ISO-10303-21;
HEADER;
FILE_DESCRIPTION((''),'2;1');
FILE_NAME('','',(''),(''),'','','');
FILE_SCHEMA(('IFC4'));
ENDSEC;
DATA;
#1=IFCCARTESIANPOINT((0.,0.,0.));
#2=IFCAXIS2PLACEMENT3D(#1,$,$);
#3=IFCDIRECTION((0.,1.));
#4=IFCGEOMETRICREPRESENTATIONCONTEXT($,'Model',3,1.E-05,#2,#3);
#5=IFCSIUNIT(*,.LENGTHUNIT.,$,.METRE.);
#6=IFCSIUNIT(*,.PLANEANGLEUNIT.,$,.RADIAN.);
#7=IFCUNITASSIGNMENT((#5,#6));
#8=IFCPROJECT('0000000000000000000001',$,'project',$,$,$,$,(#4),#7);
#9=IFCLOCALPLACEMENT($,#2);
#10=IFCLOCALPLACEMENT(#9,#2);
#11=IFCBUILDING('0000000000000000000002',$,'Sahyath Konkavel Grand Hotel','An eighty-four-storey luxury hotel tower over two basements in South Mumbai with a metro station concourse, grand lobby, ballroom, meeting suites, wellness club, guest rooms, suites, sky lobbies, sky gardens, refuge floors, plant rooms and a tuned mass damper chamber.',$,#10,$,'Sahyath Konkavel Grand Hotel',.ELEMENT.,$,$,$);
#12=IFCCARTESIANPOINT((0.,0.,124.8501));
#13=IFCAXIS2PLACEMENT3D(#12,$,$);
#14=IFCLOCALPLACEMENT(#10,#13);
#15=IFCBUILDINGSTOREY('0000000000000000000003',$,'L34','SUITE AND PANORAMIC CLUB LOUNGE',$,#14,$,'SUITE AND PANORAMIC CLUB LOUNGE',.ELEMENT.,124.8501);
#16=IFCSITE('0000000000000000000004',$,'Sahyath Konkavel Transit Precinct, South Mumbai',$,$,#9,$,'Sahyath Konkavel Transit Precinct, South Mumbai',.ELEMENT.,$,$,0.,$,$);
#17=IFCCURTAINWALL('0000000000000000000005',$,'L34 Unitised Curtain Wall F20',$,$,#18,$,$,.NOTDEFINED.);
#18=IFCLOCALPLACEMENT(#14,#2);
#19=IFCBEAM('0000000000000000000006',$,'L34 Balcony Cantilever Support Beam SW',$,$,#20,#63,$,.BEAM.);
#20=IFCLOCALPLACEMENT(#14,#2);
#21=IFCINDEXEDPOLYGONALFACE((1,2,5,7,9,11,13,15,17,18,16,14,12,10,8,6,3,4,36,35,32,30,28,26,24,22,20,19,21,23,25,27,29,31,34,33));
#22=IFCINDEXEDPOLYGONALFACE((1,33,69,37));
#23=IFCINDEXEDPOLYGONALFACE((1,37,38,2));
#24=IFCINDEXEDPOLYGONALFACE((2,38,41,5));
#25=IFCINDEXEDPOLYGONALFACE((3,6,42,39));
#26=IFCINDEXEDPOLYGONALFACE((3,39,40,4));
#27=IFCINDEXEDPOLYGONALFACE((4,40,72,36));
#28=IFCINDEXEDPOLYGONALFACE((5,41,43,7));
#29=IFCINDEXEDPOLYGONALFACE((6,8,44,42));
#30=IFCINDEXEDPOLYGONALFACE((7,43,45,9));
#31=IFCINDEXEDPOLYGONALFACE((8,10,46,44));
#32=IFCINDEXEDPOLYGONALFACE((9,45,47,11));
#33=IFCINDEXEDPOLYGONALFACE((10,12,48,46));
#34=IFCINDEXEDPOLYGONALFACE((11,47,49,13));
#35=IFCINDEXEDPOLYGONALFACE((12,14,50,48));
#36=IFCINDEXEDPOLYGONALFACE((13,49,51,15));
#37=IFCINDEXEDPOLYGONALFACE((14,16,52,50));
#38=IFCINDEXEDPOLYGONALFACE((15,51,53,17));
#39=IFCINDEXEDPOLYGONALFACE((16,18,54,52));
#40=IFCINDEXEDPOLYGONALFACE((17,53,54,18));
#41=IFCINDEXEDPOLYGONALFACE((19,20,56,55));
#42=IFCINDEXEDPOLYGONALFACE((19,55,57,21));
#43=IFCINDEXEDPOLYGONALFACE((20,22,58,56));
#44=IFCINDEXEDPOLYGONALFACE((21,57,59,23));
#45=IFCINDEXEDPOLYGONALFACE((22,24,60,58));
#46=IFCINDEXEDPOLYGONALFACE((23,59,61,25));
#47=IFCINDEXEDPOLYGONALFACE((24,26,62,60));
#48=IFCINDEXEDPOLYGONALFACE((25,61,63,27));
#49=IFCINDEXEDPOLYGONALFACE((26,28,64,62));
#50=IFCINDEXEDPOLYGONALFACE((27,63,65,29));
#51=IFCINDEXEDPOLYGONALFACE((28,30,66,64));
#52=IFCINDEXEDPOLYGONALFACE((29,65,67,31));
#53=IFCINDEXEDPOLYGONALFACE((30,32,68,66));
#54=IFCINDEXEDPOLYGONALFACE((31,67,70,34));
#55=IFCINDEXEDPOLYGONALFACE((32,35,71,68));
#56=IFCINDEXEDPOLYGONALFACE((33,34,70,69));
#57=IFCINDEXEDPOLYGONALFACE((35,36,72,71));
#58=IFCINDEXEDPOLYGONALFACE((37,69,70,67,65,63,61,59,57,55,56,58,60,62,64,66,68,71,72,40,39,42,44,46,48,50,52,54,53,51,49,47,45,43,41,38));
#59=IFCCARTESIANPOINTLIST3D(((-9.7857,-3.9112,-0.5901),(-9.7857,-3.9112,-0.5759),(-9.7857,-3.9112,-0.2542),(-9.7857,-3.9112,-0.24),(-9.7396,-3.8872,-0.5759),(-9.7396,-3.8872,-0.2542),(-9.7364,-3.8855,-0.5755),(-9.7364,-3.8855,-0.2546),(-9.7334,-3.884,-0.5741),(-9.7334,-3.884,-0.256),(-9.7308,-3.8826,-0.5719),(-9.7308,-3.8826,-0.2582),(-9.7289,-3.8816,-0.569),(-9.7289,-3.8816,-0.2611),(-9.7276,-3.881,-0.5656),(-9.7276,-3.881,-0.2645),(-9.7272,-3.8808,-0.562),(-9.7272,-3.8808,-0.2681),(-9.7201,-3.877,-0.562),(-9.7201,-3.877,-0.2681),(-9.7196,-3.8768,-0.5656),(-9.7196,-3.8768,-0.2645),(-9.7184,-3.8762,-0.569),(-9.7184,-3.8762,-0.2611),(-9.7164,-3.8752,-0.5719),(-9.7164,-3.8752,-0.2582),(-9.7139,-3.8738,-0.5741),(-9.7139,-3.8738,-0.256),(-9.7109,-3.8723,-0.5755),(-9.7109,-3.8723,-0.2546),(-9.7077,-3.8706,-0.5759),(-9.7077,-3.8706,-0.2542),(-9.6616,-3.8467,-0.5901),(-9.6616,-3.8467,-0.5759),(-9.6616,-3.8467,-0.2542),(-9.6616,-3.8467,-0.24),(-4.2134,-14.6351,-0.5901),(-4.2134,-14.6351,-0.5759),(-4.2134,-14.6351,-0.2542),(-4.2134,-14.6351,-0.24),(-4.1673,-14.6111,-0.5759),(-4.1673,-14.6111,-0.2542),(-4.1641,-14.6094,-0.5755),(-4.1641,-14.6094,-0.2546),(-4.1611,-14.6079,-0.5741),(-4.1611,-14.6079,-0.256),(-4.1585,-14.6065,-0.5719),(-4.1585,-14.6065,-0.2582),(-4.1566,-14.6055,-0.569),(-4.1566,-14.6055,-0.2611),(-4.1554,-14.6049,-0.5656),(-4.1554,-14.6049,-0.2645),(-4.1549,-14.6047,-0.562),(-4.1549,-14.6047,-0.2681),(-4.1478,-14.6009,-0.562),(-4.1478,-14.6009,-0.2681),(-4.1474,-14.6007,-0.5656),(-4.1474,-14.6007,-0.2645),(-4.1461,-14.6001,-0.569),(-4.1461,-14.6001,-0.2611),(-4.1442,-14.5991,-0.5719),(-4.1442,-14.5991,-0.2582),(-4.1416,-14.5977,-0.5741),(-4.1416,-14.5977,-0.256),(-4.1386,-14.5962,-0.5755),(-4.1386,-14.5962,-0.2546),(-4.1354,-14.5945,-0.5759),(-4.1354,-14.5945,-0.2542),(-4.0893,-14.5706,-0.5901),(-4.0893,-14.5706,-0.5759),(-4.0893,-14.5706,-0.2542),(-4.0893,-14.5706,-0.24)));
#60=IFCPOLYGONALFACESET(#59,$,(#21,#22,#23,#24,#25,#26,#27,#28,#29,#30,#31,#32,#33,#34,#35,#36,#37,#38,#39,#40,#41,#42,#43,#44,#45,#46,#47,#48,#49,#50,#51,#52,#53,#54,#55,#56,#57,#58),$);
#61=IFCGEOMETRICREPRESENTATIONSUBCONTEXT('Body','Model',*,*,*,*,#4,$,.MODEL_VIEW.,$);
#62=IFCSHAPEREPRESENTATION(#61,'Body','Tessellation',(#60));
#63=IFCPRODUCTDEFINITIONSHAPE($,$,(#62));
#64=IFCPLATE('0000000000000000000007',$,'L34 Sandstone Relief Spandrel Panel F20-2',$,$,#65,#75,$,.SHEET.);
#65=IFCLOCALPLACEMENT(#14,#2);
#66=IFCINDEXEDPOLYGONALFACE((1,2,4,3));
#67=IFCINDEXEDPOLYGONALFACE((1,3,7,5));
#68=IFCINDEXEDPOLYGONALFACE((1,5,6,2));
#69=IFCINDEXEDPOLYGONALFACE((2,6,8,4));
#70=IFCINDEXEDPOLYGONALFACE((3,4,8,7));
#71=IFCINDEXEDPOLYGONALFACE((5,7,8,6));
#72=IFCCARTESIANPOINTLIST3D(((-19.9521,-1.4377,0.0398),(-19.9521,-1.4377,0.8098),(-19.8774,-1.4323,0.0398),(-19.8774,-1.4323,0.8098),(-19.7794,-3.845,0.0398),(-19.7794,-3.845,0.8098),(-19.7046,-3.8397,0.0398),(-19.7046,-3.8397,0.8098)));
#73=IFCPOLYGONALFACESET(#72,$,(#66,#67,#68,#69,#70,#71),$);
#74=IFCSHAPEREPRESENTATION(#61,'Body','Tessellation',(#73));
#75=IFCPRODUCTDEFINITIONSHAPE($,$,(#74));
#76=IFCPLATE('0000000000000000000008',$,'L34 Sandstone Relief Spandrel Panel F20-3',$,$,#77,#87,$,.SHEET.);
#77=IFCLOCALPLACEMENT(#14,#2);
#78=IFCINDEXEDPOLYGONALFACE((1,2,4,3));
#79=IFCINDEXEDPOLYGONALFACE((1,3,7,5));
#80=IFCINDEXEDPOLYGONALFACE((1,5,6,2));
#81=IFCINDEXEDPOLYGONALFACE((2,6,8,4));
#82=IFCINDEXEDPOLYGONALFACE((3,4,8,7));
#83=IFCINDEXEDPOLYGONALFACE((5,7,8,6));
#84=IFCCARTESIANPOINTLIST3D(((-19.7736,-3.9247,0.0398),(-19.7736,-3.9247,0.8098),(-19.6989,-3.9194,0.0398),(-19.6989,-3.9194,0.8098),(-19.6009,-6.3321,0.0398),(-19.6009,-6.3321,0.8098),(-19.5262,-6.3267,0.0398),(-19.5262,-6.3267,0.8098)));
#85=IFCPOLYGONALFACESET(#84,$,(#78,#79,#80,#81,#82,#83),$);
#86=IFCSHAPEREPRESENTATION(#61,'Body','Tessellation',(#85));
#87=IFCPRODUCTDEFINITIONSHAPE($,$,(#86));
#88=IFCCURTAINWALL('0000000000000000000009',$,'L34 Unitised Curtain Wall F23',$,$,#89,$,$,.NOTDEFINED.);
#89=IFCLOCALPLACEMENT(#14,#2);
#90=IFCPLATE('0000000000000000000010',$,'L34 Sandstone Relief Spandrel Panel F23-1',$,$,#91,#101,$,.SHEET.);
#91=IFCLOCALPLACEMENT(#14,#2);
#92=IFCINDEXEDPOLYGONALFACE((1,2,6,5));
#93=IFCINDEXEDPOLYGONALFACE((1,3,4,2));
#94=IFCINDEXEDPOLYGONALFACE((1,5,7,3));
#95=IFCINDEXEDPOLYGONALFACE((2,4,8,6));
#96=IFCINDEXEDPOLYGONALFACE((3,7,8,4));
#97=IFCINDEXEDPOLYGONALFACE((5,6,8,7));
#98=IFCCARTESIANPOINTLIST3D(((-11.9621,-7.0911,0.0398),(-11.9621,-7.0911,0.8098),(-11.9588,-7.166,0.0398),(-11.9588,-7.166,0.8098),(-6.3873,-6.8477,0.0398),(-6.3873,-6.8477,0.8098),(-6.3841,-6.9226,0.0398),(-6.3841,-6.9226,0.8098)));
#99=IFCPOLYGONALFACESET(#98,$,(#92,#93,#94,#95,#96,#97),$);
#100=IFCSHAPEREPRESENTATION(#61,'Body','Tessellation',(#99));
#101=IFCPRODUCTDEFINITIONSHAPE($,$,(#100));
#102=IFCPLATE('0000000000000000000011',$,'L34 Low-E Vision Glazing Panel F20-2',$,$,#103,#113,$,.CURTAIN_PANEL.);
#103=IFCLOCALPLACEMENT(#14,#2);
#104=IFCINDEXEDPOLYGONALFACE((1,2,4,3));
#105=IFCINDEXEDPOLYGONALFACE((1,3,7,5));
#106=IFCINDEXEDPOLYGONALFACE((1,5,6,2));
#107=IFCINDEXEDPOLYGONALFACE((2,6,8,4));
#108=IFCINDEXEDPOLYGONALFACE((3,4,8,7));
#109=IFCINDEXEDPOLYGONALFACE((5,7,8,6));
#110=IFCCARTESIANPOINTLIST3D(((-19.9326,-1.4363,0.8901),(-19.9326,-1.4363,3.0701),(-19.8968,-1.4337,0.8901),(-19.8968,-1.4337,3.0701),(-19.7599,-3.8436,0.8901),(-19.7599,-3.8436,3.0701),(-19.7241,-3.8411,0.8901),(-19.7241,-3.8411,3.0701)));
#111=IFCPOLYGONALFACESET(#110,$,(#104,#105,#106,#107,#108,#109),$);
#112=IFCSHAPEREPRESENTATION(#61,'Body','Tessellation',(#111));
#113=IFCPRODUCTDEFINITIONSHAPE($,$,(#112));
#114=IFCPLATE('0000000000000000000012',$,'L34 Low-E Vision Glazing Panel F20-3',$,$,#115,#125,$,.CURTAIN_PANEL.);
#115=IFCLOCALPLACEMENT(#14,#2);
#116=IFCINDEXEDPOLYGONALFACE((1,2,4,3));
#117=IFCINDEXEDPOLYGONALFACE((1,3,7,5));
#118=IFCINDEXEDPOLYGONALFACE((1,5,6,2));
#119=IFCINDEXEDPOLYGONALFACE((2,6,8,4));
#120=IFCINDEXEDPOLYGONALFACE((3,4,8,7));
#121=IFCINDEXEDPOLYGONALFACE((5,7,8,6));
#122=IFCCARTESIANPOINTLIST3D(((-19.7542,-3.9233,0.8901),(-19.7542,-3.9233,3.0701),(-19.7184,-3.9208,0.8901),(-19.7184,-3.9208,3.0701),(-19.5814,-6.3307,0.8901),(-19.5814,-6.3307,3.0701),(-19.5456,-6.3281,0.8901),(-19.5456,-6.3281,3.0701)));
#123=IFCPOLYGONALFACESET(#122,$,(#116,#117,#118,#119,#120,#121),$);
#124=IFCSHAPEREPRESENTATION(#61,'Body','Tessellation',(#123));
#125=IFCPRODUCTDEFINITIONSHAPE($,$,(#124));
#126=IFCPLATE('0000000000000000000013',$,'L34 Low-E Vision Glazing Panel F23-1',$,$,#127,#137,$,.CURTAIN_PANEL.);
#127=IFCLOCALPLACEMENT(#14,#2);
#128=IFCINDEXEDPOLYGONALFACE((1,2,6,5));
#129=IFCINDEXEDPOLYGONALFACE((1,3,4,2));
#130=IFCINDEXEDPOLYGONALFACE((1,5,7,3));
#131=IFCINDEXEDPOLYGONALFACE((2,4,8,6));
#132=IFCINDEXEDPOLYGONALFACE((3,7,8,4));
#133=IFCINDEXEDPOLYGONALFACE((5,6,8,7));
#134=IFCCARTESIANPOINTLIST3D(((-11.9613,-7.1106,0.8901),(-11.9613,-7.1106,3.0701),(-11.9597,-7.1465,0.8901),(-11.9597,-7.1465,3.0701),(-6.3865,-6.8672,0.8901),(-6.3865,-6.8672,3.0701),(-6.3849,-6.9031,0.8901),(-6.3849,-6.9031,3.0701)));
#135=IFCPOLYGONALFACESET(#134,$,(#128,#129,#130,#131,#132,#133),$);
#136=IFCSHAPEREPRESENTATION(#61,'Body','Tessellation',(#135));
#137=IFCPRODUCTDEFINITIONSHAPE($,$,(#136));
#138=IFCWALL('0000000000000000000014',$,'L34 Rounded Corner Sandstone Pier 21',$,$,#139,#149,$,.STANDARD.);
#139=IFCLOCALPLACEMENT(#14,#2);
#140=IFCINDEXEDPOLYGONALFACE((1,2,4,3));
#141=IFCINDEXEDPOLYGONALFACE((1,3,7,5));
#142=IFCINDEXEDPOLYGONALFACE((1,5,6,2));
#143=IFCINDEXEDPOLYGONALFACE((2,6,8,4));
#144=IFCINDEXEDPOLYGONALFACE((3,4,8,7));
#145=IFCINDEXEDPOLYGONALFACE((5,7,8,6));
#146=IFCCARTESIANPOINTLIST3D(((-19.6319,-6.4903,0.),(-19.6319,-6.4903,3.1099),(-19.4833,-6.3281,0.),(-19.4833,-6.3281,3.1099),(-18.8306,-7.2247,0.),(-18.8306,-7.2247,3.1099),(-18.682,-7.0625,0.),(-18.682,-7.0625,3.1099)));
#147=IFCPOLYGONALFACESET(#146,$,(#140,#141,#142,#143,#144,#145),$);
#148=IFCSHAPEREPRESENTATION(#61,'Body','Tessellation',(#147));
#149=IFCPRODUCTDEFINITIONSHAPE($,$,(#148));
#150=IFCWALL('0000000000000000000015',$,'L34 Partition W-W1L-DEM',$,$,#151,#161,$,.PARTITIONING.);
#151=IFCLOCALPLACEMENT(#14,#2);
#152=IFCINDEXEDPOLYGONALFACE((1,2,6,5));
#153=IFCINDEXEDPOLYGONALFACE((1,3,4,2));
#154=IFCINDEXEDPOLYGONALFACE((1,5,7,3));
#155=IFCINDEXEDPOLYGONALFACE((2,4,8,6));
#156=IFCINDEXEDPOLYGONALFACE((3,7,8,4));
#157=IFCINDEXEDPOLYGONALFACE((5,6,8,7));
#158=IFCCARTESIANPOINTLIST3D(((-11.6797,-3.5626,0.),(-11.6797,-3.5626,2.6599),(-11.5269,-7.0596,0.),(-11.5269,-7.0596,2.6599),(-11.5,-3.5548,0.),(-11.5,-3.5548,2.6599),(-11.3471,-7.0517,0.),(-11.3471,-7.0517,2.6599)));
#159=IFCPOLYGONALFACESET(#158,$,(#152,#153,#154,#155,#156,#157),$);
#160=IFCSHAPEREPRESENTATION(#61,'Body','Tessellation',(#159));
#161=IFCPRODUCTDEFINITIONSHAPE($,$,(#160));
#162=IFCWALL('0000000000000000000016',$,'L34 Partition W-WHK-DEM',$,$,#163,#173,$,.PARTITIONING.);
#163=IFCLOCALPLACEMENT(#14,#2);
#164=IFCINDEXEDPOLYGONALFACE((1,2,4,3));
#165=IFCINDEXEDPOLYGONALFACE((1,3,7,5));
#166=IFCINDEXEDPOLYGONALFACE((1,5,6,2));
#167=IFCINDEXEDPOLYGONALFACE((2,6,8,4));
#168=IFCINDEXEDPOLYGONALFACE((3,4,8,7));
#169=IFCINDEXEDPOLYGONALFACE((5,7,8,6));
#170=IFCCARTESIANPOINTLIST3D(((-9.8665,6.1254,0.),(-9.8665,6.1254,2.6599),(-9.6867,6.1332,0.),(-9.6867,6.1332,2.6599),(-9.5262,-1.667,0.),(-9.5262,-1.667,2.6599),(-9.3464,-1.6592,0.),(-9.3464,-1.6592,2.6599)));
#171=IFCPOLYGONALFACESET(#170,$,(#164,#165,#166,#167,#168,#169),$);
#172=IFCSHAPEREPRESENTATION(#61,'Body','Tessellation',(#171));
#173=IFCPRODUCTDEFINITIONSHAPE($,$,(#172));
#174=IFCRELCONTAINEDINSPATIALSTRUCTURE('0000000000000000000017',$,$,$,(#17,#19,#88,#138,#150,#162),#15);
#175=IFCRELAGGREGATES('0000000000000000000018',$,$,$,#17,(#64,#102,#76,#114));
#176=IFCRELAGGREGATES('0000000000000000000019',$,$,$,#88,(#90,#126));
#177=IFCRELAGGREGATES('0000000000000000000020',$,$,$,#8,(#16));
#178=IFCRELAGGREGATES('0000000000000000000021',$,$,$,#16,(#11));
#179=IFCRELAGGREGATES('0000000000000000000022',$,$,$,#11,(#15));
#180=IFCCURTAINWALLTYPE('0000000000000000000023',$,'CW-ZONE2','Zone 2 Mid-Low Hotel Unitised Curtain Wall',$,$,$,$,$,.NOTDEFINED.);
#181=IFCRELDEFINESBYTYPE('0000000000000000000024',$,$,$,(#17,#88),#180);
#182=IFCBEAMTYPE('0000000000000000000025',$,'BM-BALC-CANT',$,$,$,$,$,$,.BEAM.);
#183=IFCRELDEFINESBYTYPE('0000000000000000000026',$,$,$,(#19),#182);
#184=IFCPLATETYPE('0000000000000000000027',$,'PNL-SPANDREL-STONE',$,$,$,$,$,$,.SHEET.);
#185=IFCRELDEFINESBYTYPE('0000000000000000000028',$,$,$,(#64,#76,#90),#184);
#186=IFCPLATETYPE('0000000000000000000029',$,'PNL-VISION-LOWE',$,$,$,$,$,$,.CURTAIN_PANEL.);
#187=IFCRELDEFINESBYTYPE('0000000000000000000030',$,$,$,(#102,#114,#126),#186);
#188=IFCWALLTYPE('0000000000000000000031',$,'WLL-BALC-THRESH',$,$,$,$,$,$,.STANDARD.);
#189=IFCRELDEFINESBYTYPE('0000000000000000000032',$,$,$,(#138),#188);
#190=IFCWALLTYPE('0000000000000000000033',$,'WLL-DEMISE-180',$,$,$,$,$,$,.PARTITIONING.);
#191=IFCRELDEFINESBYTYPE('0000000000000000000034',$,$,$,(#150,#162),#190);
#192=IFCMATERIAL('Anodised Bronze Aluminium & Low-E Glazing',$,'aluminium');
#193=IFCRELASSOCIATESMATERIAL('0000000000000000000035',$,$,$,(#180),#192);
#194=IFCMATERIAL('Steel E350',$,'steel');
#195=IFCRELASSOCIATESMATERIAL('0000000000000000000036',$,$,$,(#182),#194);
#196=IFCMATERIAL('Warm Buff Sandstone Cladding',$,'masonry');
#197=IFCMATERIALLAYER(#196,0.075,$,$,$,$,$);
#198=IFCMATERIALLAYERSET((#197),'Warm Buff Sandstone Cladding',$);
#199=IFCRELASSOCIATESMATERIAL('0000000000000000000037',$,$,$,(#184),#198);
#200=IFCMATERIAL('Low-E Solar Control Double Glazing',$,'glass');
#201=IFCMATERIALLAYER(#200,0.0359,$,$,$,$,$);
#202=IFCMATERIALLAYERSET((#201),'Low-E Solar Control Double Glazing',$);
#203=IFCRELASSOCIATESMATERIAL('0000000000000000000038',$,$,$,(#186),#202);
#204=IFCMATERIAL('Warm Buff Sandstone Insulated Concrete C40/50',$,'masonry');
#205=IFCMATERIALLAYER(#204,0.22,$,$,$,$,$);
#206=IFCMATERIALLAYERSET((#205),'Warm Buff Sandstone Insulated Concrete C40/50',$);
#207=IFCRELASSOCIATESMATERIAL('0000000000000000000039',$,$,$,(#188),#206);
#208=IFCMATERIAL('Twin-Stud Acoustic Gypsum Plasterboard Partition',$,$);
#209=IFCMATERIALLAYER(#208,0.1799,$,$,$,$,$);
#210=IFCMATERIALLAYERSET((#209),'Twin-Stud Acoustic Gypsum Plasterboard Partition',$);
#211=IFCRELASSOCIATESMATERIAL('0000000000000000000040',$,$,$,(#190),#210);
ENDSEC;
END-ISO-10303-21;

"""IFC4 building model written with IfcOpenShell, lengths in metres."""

from ifc_helpers import new_model, si_unit, direction, frame, frame_2d, origin, origin_2d, place, context, subcontext, project, spatial, rectangle, i_section, extrude, source, transform, mapped, material, layer, layer_set, material_profile, profile_set, type_object, element, aggregate, save


model = new_model("IFC4")

# Units and contexts
model_context = context("Model", 3, precision=1e-05, world=origin(), true_north=direction((0.0, 1.0)))
body_context = subcontext(model_context, "Body", "Model", "MODEL_VIEW")
ifc_project = project(units=[si_unit("LENGTHUNIT", "METRE"), si_unit("PLANEANGLEUNIT", "RADIAN")], contexts=[model_context])

# Site, building, storey
site_placement = place(None, origin())
site = spatial("IfcSite", under=ifc_project, at=site_placement, Name="Sahyath Konkavel Transit Precinct, South Mumbai", LongName="Sahyath Konkavel Transit Precinct, South Mumbai", CompositionType="ELEMENT", RefElevation=0.0)
building_placement = place(site_placement, origin())
building = spatial("IfcBuilding", under=site, at=building_placement, Name="Sahyath Konkavel Grand Hotel", Description="An eighty-four-storey luxury hotel tower over two basements in South Mumbai with a metro station concourse, grand lobby, ballroom, meeting suites, wellness club, guest rooms, suites, sky lobbies, sky gardens, refuge floors, plant rooms and a tuned mass damper chamber.", LongName="Sahyath Konkavel Grand Hotel", CompositionType="ELEMENT")
storey_placement = place(building_placement, frame((0.0, 0.0, 124.8501)))
storey = spatial("IfcBuildingStorey", under=building, at=storey_placement, Name="L34", Description="SUITE AND PANORAMIC CLUB LOUNGE", LongName="SUITE AND PANORAMIC CLUB LOUNGE", CompositionType="ELEMENT", Elevation=124.8501)

# Shared definitions
ifc_material_1 = material(Name="Steel E350", Category="steel")

# Curtain wall
ifc_material_2 = material(Name="Anodised Bronze Aluminium & Low-E Glazing", Category="aluminium")
curtain_wall_type = type_object("IfcCurtainWallType", Name="CW-ZONE2", Description="Zone 2 Mid-Low Hotel Unitised Curtain Wall", PredefinedType="NOTDEFINED", material=ifc_material_2)
curtain_wall_1_placement = place(storey_placement, origin())
curtain_wall_1 = element("IfcCurtainWall", 1, at=curtain_wall_1_placement, inside=storey, type_object=curtain_wall_type, Name="L34 Unitised Curtain Wall F20", PredefinedType="NOTDEFINED")

# Beam
ifc_material_profile_1 = material_profile(ifc_material_1, i_section(OverallWidth=0.1399, OverallDepth=0.3501, WebThickness=0.0081, FlangeThickness=0.0142, FilletRadius=0.0139, at=origin_2d()), Name="ISMB 350")
ifc_profile_set_1 = profile_set([ifc_material_profile_1], Name="Steel E350")
beam_type_1 = type_object("IfcBeamType", Name="BM-BALC-CANT", PredefinedType="BEAM", material=ifc_profile_set_1)
shared_shape_1 = source(origin(), body_context, "Body", "SweptSolid", [
    extrude(i_section(OverallWidth=0.1399, OverallDepth=0.3501, WebThickness=0.0081, FlangeThickness=0.0142, FilletRadius=0.0139, at=origin_2d()), origin(), (0.0, 0.0, 1.0), 12.0852),
])
beam_1_placement = place(storey_placement, frame((-9.7236, -3.8789, -0.415), z_axis=(0.461082, -0.887357, 0.0), x_axis=(0.887357, 0.461082, 0.0)))
element("IfcBeam", 2, at=beam_1_placement, inside=storey, type_object=beam_type_1, Name="L34 Balcony Cantilever Support Beam SW", PredefinedType="BEAM", context=body_context, shape_type="MappedRepresentation", body=[
    mapped(shared_shape_1, transform((0.0, 0.0, 0.0), scale=1.0)),
])

# Plates
ifc_material_3 = material(Name="Warm Buff Sandstone Cladding", Category="masonry")
ifc_layer_1 = layer(ifc_material_3, 0.075)
ifc_layer_set_1 = layer_set([ifc_layer_1], Name="Warm Buff Sandstone Cladding")
plate_type_1 = type_object("IfcPlateType", Name="PNL-SPANDREL-STONE", PredefinedType="SHEET", material=ifc_layer_set_1)
shared_shape_2 = source(origin(), body_context, "Body", "SweptSolid", [
    extrude(rectangle(XDim=2.4136, YDim=0.075, at=origin_2d()), origin(), (0.0, 0.0, 1.0), 0.77),
])
plate_1_placement = place(storey_placement, frame((-19.8284, -2.6387, 0.0398), z_axis=(0.0, 0.0, 1.0), x_axis=(0.071567, -0.997436, 0.0)))
plate_1 = element("IfcPlate", 3, at=plate_1_placement, type_object=plate_type_1, Name="L34 Sandstone Relief Spandrel Panel F20-2", PredefinedType="SHEET", context=body_context, shape_type="MappedRepresentation", body=[
    mapped(shared_shape_2, transform((0.0, 0.0, 0.0), scale=1.0)),
])
plate_2_placement = place(storey_placement, frame((-19.6499, -5.1257, 0.0398), z_axis=(0.0, 0.0, 1.0), x_axis=(0.071567, -0.997436, 0.0)))
plate_2 = element("IfcPlate", 4, at=plate_2_placement, type_object=plate_type_1, Name="L34 Sandstone Relief Spandrel Panel F20-3", PredefinedType="SHEET", context=body_context, shape_type="MappedRepresentation", body=[
    mapped(shared_shape_2, transform((0.0, 0.0, 0.0), scale=1.0)),
])

# Curtain wall, plate
curtain_wall_2_placement = place(storey_placement, origin())
curtain_wall_2 = element("IfcCurtainWall", 5, at=curtain_wall_2_placement, inside=storey, type_object=curtain_wall_type, Name="L34 Unitised Curtain Wall F23", PredefinedType="NOTDEFINED")
shared_shape_3 = source(origin(), body_context, "Body", "SweptSolid", [
    extrude(rectangle(XDim=5.5801, YDim=0.075, at=origin_2d()), origin(), (0.0, 0.0, 1.0), 0.77),
])
plate_3_placement = place(storey_placement, frame((-9.1731, -7.0068, 0.0398), z_axis=(0.0, 0.0, 1.0), x_axis=(0.999048, 0.043619, 0.0)))
plate_3 = element("IfcPlate", 6, at=plate_3_placement, type_object=plate_type_1, Name="L34 Sandstone Relief Spandrel Panel F23-1", PredefinedType="SHEET", context=body_context, shape_type="MappedRepresentation", body=[
    mapped(shared_shape_3, transform((0.0, 0.0, 0.0), scale=1.0)),
])

# Plates
ifc_material_4 = material(Name="Low-E Solar Control Double Glazing", Category="glass")
ifc_layer_2 = layer(ifc_material_4, 0.0359)
ifc_layer_set_2 = layer_set([ifc_layer_2], Name="Low-E Solar Control Double Glazing")
plate_type_2 = type_object("IfcPlateType", Name="PNL-VISION-LOWE", PredefinedType="CURTAIN_PANEL", material=ifc_layer_set_2)
shared_shape_4 = source(origin(), body_context, "Body", "SweptSolid", [
    extrude(rectangle(XDim=2.4136, YDim=0.0359, at=origin_2d()), origin(), (0.0, 0.0, 1.0), 2.1799),
])
plate_4_placement = place(storey_placement, frame((-19.8284, -2.6387, 0.8901), z_axis=(0.0, 0.0, 1.0), x_axis=(0.071567, -0.997436, 0.0)))
plate_4 = element("IfcPlate", 7, at=plate_4_placement, type_object=plate_type_2, Name="L34 Low-E Vision Glazing Panel F20-2", PredefinedType="CURTAIN_PANEL", context=body_context, shape_type="MappedRepresentation", body=[
    mapped(shared_shape_4, transform((0.0, 0.0, 0.0), scale=1.0)),
])
plate_5_placement = place(storey_placement, frame((-19.6499, -5.1257, 0.8901), z_axis=(0.0, 0.0, 1.0), x_axis=(0.071567, -0.997436, 0.0)))
plate_5 = element("IfcPlate", 8, at=plate_5_placement, type_object=plate_type_2, Name="L34 Low-E Vision Glazing Panel F20-3", PredefinedType="CURTAIN_PANEL", context=body_context, shape_type="MappedRepresentation", body=[
    mapped(shared_shape_4, transform((0.0, 0.0, 0.0), scale=1.0)),
])
aggregate(curtain_wall_1, [plate_1, plate_4, plate_2, plate_5])
shared_shape_5 = source(origin(), body_context, "Body", "SweptSolid", [
    extrude(rectangle(XDim=5.5801, YDim=0.0359, at=origin_2d()), origin(), (0.0, 0.0, 1.0), 2.1799),
])
plate_6_placement = place(storey_placement, frame((-9.1731, -7.0068, 0.8901), z_axis=(0.0, 0.0, 1.0), x_axis=(0.999048, 0.043619, 0.0)))
plate_6 = element("IfcPlate", 9, at=plate_6_placement, type_object=plate_type_2, Name="L34 Low-E Vision Glazing Panel F23-1", PredefinedType="CURTAIN_PANEL", context=body_context, shape_type="MappedRepresentation", body=[
    mapped(shared_shape_5, transform((0.0, 0.0, 0.0), scale=1.0)),
])
aggregate(curtain_wall_2, [plate_3, plate_6])

# Walls
ifc_material_5 = material(Name="Warm Buff Sandstone Insulated Concrete C40/50", Category="masonry")
ifc_layer_3 = layer(ifc_material_5, 0.22)
ifc_layer_set_3 = layer_set([ifc_layer_3], Name="Warm Buff Sandstone Insulated Concrete C40/50")
wall_type_1 = type_object("IfcWallType", Name="WLL-BALC-THRESH", PredefinedType="STANDARD", material=ifc_layer_set_3)
wall_1_placement = place(storey_placement, frame((-19.5576, -6.4092, 0.0), z_axis=(0.0, 0.0, 1.0), x_axis=(0.73721, -0.675664, 0.0)))
element("IfcWall", 10, at=wall_1_placement, inside=storey, type_object=wall_type_1, Name="L34 Rounded Corner Sandstone Pier 21", PredefinedType="STANDARD", context=body_context, shape_type="SweptSolid", body=[
    extrude(rectangle(XDim=1.0869, YDim=0.22, at=frame_2d((0.5435, 0.0))), origin(), (0.0, 0.0, 1.0), 3.1099),
])
ifc_material_6 = material(Name="Twin-Stud Acoustic Gypsum Plasterboard Partition")
ifc_layer_4 = layer(ifc_material_6, 0.1799)
ifc_layer_set_4 = layer_set([ifc_layer_4], Name="Twin-Stud Acoustic Gypsum Plasterboard Partition")
wall_type_2 = type_object("IfcWallType", Name="WLL-DEMISE-180", PredefinedType="PARTITIONING", material=ifc_layer_set_4)
wall_2_placement = place(storey_placement, frame((-11.5898, -3.5588, 0.0), z_axis=(0.0, 0.0, 1.0), x_axis=(0.043664, -0.999046, 0.0)))
element("IfcWall", 11, at=wall_2_placement, inside=storey, type_object=wall_type_2, Name="L34 Partition W-W1L-DEM", PredefinedType="PARTITIONING", context=body_context, shape_type="SweptSolid", body=[
    extrude(rectangle(XDim=3.5002, YDim=0.1799, at=frame_2d((1.75, 0.0))), origin(), (0.0, 0.0, 1.0), 2.6599),
])
wall_3_placement = place(storey_placement, frame((-9.4363, -1.6631, 0.0), z_axis=(0.0, 0.0, 1.0), x_axis=(-0.043633, 0.999048, 0.0)))
element("IfcWall", 12, at=wall_3_placement, inside=storey, type_object=wall_type_2, Name="L34 Partition W-WHK-DEM", PredefinedType="PARTITIONING", context=body_context, shape_type="SweptSolid", body=[
    extrude(rectangle(XDim=7.7998, YDim=0.1799, at=frame_2d((3.8999, 0.0))), origin(), (0.0, 0.0, 1.0), 2.6599),
])

save(model, "model.ifc")
